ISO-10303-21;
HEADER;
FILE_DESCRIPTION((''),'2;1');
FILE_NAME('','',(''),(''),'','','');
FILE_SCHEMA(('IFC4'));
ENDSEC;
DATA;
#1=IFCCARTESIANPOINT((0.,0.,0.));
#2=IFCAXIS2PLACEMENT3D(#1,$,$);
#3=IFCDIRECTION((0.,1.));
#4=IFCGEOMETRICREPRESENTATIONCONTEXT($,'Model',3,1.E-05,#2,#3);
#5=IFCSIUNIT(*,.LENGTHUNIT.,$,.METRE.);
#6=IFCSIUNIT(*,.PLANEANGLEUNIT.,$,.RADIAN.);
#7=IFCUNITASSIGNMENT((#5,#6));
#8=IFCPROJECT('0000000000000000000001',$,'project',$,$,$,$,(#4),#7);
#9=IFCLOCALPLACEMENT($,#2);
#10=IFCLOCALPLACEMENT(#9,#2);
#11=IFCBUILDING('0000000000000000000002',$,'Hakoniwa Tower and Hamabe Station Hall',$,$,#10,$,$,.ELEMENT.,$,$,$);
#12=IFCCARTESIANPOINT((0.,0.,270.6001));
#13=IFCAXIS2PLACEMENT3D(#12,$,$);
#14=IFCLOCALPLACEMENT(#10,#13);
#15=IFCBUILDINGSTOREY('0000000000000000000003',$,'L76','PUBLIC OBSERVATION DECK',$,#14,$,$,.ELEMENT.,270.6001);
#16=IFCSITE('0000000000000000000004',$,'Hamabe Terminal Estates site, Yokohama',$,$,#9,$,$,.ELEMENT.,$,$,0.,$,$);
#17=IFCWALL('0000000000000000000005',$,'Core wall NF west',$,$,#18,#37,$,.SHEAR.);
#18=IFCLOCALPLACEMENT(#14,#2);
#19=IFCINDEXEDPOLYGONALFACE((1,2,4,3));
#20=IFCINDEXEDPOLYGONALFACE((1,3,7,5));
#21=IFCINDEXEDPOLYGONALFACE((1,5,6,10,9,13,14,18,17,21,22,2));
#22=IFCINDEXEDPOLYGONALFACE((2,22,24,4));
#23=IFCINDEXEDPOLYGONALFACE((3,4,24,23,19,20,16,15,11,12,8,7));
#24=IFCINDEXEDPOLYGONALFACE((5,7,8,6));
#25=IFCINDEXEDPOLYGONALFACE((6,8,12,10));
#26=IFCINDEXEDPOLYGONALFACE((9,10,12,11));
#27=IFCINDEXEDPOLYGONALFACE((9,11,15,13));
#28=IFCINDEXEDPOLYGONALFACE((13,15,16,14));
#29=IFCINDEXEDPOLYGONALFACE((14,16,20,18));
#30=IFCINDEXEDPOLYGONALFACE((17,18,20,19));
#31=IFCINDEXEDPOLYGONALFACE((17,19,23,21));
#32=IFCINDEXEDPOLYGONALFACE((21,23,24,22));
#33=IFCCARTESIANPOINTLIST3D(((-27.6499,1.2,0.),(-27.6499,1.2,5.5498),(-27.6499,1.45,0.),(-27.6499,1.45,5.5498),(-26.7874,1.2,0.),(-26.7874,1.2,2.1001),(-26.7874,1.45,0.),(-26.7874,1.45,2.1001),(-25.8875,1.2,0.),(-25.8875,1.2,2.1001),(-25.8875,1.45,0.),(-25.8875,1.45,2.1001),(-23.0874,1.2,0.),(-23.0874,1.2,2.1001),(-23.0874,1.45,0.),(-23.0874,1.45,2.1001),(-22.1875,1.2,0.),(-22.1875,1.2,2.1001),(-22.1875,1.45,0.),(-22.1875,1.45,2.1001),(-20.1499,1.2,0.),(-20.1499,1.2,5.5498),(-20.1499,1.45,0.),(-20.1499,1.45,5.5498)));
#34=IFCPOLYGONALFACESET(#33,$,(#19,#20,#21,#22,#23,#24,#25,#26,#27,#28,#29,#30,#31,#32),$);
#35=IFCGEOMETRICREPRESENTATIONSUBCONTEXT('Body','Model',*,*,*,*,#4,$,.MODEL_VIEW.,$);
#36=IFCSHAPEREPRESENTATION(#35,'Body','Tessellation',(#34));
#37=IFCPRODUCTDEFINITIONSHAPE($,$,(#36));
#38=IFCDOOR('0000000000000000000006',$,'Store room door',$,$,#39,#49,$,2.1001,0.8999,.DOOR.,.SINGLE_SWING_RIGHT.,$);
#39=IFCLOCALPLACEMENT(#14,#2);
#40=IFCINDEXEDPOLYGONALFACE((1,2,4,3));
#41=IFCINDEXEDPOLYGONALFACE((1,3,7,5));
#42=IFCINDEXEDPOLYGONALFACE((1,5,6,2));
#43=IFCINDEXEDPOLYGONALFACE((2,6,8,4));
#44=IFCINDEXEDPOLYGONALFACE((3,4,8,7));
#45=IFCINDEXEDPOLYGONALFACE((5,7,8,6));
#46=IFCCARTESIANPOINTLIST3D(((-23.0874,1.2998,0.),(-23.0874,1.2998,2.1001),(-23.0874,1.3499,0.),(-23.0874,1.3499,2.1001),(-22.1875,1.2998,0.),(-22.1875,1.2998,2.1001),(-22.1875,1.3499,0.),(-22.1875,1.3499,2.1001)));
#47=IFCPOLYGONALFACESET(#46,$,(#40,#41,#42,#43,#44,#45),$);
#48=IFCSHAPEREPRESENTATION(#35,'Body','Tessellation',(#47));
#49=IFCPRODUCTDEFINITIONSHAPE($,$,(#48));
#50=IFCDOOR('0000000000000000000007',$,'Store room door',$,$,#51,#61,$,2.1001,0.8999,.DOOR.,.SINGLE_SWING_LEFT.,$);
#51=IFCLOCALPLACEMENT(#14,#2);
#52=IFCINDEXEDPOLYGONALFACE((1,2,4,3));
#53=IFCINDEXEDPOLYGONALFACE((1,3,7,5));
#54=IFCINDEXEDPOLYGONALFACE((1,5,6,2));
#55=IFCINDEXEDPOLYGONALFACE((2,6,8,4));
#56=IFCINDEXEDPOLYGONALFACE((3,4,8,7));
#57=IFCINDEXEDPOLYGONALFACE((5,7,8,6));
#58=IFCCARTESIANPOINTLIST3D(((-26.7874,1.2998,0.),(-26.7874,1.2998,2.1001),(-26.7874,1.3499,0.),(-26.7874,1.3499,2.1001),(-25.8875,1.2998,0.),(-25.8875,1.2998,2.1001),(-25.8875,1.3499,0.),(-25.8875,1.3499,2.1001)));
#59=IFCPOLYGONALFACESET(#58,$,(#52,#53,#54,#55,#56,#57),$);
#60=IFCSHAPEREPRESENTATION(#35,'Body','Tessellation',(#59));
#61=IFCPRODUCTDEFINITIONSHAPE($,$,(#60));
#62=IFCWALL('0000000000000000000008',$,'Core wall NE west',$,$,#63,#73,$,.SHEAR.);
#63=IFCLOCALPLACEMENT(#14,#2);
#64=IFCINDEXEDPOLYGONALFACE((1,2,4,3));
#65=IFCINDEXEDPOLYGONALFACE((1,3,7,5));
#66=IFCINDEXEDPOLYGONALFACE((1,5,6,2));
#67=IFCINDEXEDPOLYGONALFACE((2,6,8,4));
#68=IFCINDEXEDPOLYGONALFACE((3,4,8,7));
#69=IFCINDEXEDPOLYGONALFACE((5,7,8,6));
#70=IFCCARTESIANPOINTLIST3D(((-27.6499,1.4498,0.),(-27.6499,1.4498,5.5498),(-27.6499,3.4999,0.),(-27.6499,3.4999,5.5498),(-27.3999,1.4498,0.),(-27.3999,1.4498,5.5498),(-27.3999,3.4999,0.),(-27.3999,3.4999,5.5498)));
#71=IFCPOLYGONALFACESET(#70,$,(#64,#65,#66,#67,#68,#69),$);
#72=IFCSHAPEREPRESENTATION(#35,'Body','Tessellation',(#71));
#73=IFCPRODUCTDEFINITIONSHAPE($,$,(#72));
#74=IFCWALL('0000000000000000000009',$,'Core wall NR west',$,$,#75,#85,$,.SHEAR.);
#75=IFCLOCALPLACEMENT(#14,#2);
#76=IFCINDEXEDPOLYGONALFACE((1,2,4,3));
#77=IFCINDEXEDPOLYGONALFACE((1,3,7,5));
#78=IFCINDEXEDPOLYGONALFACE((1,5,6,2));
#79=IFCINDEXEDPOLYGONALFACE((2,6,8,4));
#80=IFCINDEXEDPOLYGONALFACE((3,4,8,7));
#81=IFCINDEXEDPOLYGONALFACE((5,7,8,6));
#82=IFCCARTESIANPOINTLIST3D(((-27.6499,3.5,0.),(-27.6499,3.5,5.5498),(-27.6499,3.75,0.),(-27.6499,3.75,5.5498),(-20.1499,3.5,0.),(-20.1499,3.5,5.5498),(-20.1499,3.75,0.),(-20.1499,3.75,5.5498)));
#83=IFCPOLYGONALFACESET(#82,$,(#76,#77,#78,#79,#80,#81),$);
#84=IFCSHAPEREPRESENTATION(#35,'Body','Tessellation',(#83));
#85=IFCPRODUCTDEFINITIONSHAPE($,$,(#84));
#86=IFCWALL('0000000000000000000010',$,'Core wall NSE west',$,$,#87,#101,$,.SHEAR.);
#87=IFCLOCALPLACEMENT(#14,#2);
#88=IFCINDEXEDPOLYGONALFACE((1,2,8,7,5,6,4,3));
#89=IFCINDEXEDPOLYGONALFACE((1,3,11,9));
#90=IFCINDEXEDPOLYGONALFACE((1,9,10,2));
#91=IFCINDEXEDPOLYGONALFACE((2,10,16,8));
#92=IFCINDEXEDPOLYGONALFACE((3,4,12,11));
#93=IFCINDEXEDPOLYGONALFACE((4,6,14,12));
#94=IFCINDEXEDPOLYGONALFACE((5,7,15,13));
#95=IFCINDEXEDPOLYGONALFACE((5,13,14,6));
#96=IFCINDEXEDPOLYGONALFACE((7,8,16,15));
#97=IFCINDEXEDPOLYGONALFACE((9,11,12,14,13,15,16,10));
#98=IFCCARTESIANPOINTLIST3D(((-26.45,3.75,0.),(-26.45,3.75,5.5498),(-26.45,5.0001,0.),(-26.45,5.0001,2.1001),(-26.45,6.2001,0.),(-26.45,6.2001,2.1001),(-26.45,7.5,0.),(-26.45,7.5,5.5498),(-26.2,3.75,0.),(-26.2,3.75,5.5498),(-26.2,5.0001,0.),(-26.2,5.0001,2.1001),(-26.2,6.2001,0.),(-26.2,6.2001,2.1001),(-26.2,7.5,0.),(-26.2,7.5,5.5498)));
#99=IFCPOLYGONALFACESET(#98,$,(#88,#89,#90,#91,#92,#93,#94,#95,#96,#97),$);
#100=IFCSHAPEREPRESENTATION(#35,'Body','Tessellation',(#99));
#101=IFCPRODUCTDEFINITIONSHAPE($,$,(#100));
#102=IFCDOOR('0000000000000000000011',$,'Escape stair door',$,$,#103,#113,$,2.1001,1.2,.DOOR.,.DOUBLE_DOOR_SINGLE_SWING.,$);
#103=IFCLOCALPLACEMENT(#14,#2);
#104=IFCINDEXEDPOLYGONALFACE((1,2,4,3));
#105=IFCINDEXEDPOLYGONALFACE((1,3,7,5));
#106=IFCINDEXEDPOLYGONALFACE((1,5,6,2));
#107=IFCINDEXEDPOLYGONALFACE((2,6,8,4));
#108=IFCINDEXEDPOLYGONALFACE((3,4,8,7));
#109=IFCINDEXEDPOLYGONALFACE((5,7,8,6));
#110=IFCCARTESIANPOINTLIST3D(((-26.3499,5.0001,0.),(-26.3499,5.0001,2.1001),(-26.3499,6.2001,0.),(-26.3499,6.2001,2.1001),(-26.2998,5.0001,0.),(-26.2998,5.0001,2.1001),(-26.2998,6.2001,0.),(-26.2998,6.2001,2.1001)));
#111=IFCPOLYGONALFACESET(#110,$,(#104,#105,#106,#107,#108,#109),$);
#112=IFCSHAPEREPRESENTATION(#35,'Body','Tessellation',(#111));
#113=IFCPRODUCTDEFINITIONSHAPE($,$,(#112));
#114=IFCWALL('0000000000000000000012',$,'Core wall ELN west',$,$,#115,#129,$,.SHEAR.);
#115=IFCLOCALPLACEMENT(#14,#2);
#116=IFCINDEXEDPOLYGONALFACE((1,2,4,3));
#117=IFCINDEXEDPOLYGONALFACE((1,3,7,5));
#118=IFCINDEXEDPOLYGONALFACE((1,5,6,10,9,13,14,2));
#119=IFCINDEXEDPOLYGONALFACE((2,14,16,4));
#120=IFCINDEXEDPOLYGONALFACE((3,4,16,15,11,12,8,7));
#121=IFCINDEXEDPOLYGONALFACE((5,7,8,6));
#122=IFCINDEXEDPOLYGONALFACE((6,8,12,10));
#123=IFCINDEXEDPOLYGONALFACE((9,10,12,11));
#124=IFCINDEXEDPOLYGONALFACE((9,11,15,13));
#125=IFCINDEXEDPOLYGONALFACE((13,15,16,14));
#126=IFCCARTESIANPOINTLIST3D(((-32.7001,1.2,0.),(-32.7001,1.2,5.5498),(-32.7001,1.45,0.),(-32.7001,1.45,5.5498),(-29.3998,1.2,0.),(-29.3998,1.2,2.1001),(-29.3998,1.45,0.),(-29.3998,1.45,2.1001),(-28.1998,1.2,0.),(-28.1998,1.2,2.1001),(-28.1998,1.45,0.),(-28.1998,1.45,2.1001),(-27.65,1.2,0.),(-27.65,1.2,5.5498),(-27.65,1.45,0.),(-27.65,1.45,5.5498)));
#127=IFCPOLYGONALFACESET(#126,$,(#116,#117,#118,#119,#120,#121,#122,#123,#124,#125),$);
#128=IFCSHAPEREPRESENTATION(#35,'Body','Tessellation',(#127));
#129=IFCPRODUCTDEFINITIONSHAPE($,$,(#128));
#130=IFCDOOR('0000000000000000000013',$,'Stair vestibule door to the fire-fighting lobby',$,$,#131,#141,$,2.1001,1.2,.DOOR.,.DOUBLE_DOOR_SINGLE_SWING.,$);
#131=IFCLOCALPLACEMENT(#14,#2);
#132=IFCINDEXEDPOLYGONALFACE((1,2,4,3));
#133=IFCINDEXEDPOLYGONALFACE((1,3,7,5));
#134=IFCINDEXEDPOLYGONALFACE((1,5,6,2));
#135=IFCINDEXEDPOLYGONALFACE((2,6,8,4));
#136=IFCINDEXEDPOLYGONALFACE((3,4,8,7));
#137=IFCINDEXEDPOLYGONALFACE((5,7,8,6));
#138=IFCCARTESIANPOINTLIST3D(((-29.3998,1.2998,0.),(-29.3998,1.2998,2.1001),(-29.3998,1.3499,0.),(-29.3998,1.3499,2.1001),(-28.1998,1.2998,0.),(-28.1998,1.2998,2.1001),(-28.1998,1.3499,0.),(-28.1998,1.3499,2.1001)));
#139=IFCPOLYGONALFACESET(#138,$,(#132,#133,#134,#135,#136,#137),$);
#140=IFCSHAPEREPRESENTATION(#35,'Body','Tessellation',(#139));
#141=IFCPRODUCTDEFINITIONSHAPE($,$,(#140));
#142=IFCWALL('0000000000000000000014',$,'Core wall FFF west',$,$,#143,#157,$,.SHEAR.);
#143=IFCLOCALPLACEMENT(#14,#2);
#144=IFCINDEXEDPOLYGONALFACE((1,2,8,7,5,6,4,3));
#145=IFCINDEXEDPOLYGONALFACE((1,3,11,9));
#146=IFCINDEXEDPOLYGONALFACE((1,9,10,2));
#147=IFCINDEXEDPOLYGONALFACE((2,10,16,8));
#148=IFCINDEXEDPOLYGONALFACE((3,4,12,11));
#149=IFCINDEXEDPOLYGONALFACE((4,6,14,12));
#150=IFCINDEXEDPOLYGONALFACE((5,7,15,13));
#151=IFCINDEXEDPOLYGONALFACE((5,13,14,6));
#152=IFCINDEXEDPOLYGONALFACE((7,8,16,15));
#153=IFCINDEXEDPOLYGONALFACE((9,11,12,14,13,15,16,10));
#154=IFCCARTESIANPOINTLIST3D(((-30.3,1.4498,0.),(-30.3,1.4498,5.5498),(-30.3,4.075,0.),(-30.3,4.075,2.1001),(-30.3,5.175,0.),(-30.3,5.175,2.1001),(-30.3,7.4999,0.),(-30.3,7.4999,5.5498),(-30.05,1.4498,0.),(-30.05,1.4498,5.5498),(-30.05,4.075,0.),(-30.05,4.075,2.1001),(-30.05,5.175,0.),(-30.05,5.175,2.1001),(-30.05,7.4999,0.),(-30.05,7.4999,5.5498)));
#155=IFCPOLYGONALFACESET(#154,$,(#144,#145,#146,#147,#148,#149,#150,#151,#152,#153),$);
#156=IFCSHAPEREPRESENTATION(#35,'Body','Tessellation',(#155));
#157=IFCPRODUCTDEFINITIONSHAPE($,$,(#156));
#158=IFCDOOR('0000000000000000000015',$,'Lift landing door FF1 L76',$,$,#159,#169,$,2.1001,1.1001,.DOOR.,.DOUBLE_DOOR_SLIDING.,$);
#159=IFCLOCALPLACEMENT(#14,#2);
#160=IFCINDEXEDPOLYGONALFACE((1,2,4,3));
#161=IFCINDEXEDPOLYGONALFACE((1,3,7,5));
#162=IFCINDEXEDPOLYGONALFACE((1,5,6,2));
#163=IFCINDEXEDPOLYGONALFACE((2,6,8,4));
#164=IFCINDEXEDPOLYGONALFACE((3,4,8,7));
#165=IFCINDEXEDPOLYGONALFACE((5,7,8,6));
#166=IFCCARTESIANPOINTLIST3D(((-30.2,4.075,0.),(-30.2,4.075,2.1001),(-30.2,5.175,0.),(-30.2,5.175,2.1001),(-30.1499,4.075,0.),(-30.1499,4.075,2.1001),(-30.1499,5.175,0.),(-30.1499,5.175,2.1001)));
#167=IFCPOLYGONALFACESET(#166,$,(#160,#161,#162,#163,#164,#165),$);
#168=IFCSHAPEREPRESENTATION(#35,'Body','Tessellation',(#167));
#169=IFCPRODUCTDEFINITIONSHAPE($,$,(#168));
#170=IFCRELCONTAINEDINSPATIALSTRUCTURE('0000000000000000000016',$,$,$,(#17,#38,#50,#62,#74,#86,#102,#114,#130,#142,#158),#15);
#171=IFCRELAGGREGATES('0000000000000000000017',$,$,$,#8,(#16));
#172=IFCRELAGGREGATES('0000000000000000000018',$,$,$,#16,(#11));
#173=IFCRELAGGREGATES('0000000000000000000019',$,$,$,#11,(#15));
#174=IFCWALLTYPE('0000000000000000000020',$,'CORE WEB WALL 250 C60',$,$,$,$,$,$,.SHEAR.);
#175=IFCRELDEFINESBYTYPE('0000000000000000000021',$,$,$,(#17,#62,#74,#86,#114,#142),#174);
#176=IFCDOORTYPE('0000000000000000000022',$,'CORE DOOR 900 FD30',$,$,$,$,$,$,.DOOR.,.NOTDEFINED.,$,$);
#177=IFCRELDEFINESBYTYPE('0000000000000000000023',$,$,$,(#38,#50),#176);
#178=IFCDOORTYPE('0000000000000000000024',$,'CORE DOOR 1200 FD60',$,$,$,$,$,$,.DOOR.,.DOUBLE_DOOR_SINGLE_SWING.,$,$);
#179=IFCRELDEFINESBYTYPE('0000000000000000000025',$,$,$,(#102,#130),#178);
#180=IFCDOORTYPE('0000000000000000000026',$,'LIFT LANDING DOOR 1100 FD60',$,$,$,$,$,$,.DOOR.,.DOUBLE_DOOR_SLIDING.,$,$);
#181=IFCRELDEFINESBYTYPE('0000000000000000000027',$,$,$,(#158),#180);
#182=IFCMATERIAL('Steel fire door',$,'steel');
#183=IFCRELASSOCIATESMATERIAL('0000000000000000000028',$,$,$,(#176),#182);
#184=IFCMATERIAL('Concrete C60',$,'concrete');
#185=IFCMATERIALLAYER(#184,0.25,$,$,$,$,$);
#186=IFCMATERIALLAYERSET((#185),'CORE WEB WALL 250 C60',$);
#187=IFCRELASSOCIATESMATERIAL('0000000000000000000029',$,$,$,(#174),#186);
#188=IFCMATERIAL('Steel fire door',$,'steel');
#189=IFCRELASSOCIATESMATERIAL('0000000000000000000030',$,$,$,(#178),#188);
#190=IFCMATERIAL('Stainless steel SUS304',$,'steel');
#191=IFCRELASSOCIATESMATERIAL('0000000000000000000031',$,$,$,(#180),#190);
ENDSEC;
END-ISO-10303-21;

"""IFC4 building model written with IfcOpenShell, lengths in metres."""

from ifc_helpers import new_model, si_unit, direction, frame, frame_2d, origin, place, context, subcontext, project, spatial, rectangle, extrude, material, layer, layer_set, type_object, element, fill, save


model = new_model("IFC4")

# Units and contexts
model_context = context("Model", 3, precision=1e-05, world=origin(), true_north=direction((0.0, 1.0)))
body_context = subcontext(model_context, "Body", "Model", "MODEL_VIEW")
ifc_project = project(units=[si_unit("LENGTHUNIT", "METRE"), si_unit("PLANEANGLEUNIT", "RADIAN")], contexts=[model_context])

# Site, building, storey
site_placement = place(None, origin())
site = spatial("IfcSite", under=ifc_project, at=site_placement, Name="Hamabe Terminal Estates site, Yokohama", CompositionType="ELEMENT", RefElevation=0.0)
building_placement = place(site_placement, origin())
building = spatial("IfcBuilding", under=site, at=building_placement, Name="Hakoniwa Tower and Hamabe Station Hall", CompositionType="ELEMENT")
storey_placement = place(building_placement, frame((0.0, 0.0, 270.6001)))
storey = spatial("IfcBuildingStorey", under=building, at=storey_placement, Name="L76", Description="PUBLIC OBSERVATION DECK", CompositionType="ELEMENT", Elevation=270.6001)

# Shared definitions
ifc_material_1 = material(Name="Steel fire door", Category="steel")
door_type_1 = type_object("IfcDoorType", Name="CORE DOOR 900 FD30", OperationType="NOTDEFINED", PredefinedType="DOOR", material=ifc_material_1)

# Wall, openings, doors
ifc_material_2 = material(Name="Concrete C60", Category="concrete")
ifc_layer_1 = layer(ifc_material_2, 0.25)
ifc_layer_set_1 = layer_set([ifc_layer_1], Name="CORE WEB WALL 250 C60")
wall_type_1 = type_object("IfcWallType", Name="CORE WEB WALL 250 C60", PredefinedType="SHEAR", material=ifc_layer_set_1)
wall_1_placement = place(storey_placement, frame((-27.6499, 1.325, 0.0), z_axis=(0.0, 0.0, 1.0), x_axis=(1.0, 0.0, 0.0)))
wall_1 = element("IfcWall", 1, at=wall_1_placement, inside=storey, type_object=wall_type_1, Name="Core wall NF west", PredefinedType="SHEAR", context=body_context, shape_type="SweptSolid", body=[
    extrude(rectangle(XDim=7.5, YDim=0.25, at=frame_2d((3.75, 0.0))), origin(), (0.0, 0.0, 1.0), 5.5498),
])
opening_1_placement = place(wall_1_placement, frame((4.5625, 0.0, 0.0)))
opening_1 = element("IfcOpeningElement", 2, at=opening_1_placement, cuts=wall_1, PredefinedType="OPENING", context=body_context, shape_type="SweptSolid", body=[
    extrude(rectangle(XDim=0.8999, YDim=2.1001, at=frame_2d((0.45, 1.05))), frame((0.0, 0.135, 0.0), z_axis=(0.0, -1.0, 0.0), x_axis=(1.0, 0.0, 0.0)), (0.0, 0.0, 1.0), 0.27),
])
opening_2_placement = place(wall_1_placement, frame((0.8625, 0.0, 0.0)))
opening_2 = element("IfcOpeningElement", 3, at=opening_2_placement, cuts=wall_1, PredefinedType="OPENING", context=body_context, shape_type="SweptSolid", body=[
    extrude(rectangle(XDim=0.8999, YDim=2.1001, at=frame_2d((0.45, 1.05))), frame((0.0, 0.135, 0.0), z_axis=(0.0, -1.0, 0.0), x_axis=(1.0, 0.0, 0.0)), (0.0, 0.0, 1.0), 0.27),
])
door_1_placement = place(opening_1_placement, origin())
door_1 = element("IfcDoor", 4, at=door_1_placement, inside=storey, type_object=door_type_1, Name="Store room door", OperationType="SINGLE_SWING_RIGHT", OverallHeight=2.1001, OverallWidth=0.8999, PredefinedType="DOOR", context=body_context, shape_type="SweptSolid", body=[
    extrude(rectangle(XDim=0.8999, YDim=2.1001, at=frame_2d((0.45, 1.05))), frame((0.0, 0.0249, 0.0), z_axis=(0.0, -1.0, 0.0), x_axis=(1.0, 0.0, 0.0)), (0.0, 0.0, 1.0), 0.05),
])
fill(opening_1, door_1)
door_2_placement = place(opening_2_placement, origin())
door_2 = element("IfcDoor", 5, at=door_2_placement, inside=storey, type_object=door_type_1, Name="Store room door", OperationType="SINGLE_SWING_LEFT", OverallHeight=2.1001, OverallWidth=0.8999, PredefinedType="DOOR", context=body_context, shape_type="SweptSolid", body=[
    extrude(rectangle(XDim=0.8999, YDim=2.1001, at=frame_2d((0.45, 1.05))), frame((0.0, 0.0249, 0.0), z_axis=(0.0, -1.0, 0.0), x_axis=(1.0, 0.0, 0.0)), (0.0, 0.0, 1.0), 0.05),
])
fill(opening_2, door_2)

# Walls
wall_2_placement = place(storey_placement, frame((-27.5249, 1.45, 0.0), z_axis=(0.0, 0.0, 1.0), x_axis=(0.0, 1.0, 0.0)))
element("IfcWall", 6, at=wall_2_placement, inside=storey, type_object=wall_type_1, Name="Core wall NE west", PredefinedType="SHEAR", context=body_context, shape_type="SweptSolid", body=[
    extrude(rectangle(XDim=2.05, YDim=0.25, at=frame_2d((1.0249, 0.0))), origin(), (0.0, 0.0, 1.0), 5.5498),
])
wall_3_placement = place(storey_placement, frame((-27.6499, 3.625, 0.0), z_axis=(0.0, 0.0, 1.0), x_axis=(1.0, 0.0, 0.0)))
element("IfcWall", 7, at=wall_3_placement, inside=storey, type_object=wall_type_1, Name="Core wall NR west", PredefinedType="SHEAR", context=body_context, shape_type="SweptSolid", body=[
    extrude(rectangle(XDim=7.5, YDim=0.25, at=frame_2d((3.75, 0.0))), origin(), (0.0, 0.0, 1.0), 5.5498),
])

# Walls, openings, doors
wall_4_placement = place(storey_placement, frame((-26.325, 3.75, 0.0), z_axis=(0.0, 0.0, 1.0), x_axis=(0.0, 1.0, 0.0)))
wall_4 = element("IfcWall", 8, at=wall_4_placement, inside=storey, type_object=wall_type_1, Name="Core wall NSE west", PredefinedType="SHEAR", context=body_context, shape_type="SweptSolid", body=[
    extrude(rectangle(XDim=3.75, YDim=0.25, at=frame_2d((1.875, 0.0))), origin(), (0.0, 0.0, 1.0), 5.5498),
])
opening_3_placement = place(wall_4_placement, frame((1.25, 0.0, 0.0)))
opening_3 = element("IfcOpeningElement", 9, at=opening_3_placement, cuts=wall_4, PredefinedType="OPENING", context=body_context, shape_type="SweptSolid", body=[
    extrude(rectangle(XDim=1.2, YDim=2.1001, at=frame_2d((0.6001, 1.05))), frame((0.0, 0.135, 0.0), z_axis=(0.0, -1.0, 0.0), x_axis=(1.0, 0.0, 0.0)), (0.0, 0.0, 1.0), 0.27),
])
ifc_material_3 = material(Name="Steel fire door", Category="steel")
door_type_2 = type_object("IfcDoorType", Name="CORE DOOR 1200 FD60", OperationType="DOUBLE_DOOR_SINGLE_SWING", PredefinedType="DOOR", material=ifc_material_3)
door_3_placement = place(opening_3_placement, origin())
door_3 = element("IfcDoor", 10, at=door_3_placement, inside=storey, type_object=door_type_2, Name="Escape stair door", OperationType="DOUBLE_DOOR_SINGLE_SWING", OverallHeight=2.1001, OverallWidth=1.2, PredefinedType="DOOR", context=body_context, shape_type="SweptSolid", body=[
    extrude(rectangle(XDim=1.2, YDim=2.1001, at=frame_2d((0.6001, 1.05))), frame((0.0, 0.0249, 0.0), z_axis=(0.0, -1.0, 0.0), x_axis=(1.0, 0.0, 0.0)), (0.0, 0.0, 1.0), 0.05),
])
fill(opening_3, door_3)
wall_5_placement = place(storey_placement, frame((-32.7, 1.325, 0.0), z_axis=(0.0, 0.0, 1.0), x_axis=(1.0, 0.0, 0.0)))
wall_5 = element("IfcWall", 11, at=wall_5_placement, inside=storey, type_object=wall_type_1, Name="Core wall ELN west", PredefinedType="SHEAR", context=body_context, shape_type="SweptSolid", body=[
    extrude(rectangle(XDim=5.05, YDim=0.25, at=frame_2d((2.5249, 0.0))), origin(), (0.0, 0.0, 1.0), 5.5498),
])
opening_4_placement = place(wall_5_placement, frame((3.3, 0.0, 0.0)))
opening_4 = element("IfcOpeningElement", 12, at=opening_4_placement, cuts=wall_5, PredefinedType="OPENING", context=body_context, shape_type="SweptSolid", body=[
    extrude(rectangle(XDim=1.2, YDim=2.1001, at=frame_2d((0.6001, 1.05))), frame((0.0, 0.135, 0.0), z_axis=(0.0, -1.0, 0.0), x_axis=(1.0, 0.0, 0.0)), (0.0, 0.0, 1.0), 0.27),
])
door_4_placement = place(opening_4_placement, origin())
door_4 = element("IfcDoor", 13, at=door_4_placement, inside=storey, type_object=door_type_2, Name="Stair vestibule door to the fire-fighting lobby", OperationType="DOUBLE_DOOR_SINGLE_SWING", OverallHeight=2.1001, OverallWidth=1.2, PredefinedType="DOOR", context=body_context, shape_type="SweptSolid", body=[
    extrude(rectangle(XDim=1.2, YDim=2.1001, at=frame_2d((0.6001, 1.05))), frame((0.0, 0.0249, 0.0), z_axis=(0.0, -1.0, 0.0), x_axis=(1.0, 0.0, 0.0)), (0.0, 0.0, 1.0), 0.05),
])
fill(opening_4, door_4)
wall_6_placement = place(storey_placement, frame((-30.175, 1.45, 0.0), z_axis=(0.0, 0.0, 1.0), x_axis=(0.0, 1.0, 0.0)))
wall_6 = element("IfcWall", 14, at=wall_6_placement, inside=storey, type_object=wall_type_1, Name="Core wall FFF west", PredefinedType="SHEAR", context=body_context, shape_type="SweptSolid", body=[
    extrude(rectangle(XDim=6.05, YDim=0.25, at=frame_2d((3.0249, 0.0))), origin(), (0.0, 0.0, 1.0), 5.5498),
])
opening_5_placement = place(wall_6_placement, frame((2.625, 0.0, 0.0)))
opening_5 = element("IfcOpeningElement", 15, at=opening_5_placement, cuts=wall_6, PredefinedType="OPENING", context=body_context, shape_type="SweptSolid", body=[
    extrude(rectangle(XDim=1.1001, YDim=2.1001, at=frame_2d((0.55, 1.05))), frame((0.0, 0.135, 0.0), z_axis=(0.0, -1.0, 0.0), x_axis=(1.0, 0.0, 0.0)), (0.0, 0.0, 1.0), 0.27),
])
ifc_material_4 = material(Name="Stainless steel SUS304", Category="steel")
door_type_3 = type_object("IfcDoorType", Name="LIFT LANDING DOOR 1100 FD60", OperationType="DOUBLE_DOOR_SLIDING", PredefinedType="DOOR", material=ifc_material_4)
door_5_placement = place(opening_5_placement, origin())
door_5 = element("IfcDoor", 16, at=door_5_placement, inside=storey, type_object=door_type_3, Name="Lift landing door FF1 L76", OperationType="DOUBLE_DOOR_SLIDING", OverallHeight=2.1001, OverallWidth=1.1001, PredefinedType="DOOR", context=body_context, shape_type="SweptSolid", body=[
    extrude(rectangle(XDim=1.1001, YDim=2.1001, at=frame_2d((0.55, 1.05))), frame((0.0, 0.0249, 0.0), z_axis=(0.0, -1.0, 0.0), x_axis=(1.0, 0.0, 0.0)), (0.0, 0.0, 1.0), 0.05),
])
fill(opening_5, door_5)

save(model, "model.ifc")
